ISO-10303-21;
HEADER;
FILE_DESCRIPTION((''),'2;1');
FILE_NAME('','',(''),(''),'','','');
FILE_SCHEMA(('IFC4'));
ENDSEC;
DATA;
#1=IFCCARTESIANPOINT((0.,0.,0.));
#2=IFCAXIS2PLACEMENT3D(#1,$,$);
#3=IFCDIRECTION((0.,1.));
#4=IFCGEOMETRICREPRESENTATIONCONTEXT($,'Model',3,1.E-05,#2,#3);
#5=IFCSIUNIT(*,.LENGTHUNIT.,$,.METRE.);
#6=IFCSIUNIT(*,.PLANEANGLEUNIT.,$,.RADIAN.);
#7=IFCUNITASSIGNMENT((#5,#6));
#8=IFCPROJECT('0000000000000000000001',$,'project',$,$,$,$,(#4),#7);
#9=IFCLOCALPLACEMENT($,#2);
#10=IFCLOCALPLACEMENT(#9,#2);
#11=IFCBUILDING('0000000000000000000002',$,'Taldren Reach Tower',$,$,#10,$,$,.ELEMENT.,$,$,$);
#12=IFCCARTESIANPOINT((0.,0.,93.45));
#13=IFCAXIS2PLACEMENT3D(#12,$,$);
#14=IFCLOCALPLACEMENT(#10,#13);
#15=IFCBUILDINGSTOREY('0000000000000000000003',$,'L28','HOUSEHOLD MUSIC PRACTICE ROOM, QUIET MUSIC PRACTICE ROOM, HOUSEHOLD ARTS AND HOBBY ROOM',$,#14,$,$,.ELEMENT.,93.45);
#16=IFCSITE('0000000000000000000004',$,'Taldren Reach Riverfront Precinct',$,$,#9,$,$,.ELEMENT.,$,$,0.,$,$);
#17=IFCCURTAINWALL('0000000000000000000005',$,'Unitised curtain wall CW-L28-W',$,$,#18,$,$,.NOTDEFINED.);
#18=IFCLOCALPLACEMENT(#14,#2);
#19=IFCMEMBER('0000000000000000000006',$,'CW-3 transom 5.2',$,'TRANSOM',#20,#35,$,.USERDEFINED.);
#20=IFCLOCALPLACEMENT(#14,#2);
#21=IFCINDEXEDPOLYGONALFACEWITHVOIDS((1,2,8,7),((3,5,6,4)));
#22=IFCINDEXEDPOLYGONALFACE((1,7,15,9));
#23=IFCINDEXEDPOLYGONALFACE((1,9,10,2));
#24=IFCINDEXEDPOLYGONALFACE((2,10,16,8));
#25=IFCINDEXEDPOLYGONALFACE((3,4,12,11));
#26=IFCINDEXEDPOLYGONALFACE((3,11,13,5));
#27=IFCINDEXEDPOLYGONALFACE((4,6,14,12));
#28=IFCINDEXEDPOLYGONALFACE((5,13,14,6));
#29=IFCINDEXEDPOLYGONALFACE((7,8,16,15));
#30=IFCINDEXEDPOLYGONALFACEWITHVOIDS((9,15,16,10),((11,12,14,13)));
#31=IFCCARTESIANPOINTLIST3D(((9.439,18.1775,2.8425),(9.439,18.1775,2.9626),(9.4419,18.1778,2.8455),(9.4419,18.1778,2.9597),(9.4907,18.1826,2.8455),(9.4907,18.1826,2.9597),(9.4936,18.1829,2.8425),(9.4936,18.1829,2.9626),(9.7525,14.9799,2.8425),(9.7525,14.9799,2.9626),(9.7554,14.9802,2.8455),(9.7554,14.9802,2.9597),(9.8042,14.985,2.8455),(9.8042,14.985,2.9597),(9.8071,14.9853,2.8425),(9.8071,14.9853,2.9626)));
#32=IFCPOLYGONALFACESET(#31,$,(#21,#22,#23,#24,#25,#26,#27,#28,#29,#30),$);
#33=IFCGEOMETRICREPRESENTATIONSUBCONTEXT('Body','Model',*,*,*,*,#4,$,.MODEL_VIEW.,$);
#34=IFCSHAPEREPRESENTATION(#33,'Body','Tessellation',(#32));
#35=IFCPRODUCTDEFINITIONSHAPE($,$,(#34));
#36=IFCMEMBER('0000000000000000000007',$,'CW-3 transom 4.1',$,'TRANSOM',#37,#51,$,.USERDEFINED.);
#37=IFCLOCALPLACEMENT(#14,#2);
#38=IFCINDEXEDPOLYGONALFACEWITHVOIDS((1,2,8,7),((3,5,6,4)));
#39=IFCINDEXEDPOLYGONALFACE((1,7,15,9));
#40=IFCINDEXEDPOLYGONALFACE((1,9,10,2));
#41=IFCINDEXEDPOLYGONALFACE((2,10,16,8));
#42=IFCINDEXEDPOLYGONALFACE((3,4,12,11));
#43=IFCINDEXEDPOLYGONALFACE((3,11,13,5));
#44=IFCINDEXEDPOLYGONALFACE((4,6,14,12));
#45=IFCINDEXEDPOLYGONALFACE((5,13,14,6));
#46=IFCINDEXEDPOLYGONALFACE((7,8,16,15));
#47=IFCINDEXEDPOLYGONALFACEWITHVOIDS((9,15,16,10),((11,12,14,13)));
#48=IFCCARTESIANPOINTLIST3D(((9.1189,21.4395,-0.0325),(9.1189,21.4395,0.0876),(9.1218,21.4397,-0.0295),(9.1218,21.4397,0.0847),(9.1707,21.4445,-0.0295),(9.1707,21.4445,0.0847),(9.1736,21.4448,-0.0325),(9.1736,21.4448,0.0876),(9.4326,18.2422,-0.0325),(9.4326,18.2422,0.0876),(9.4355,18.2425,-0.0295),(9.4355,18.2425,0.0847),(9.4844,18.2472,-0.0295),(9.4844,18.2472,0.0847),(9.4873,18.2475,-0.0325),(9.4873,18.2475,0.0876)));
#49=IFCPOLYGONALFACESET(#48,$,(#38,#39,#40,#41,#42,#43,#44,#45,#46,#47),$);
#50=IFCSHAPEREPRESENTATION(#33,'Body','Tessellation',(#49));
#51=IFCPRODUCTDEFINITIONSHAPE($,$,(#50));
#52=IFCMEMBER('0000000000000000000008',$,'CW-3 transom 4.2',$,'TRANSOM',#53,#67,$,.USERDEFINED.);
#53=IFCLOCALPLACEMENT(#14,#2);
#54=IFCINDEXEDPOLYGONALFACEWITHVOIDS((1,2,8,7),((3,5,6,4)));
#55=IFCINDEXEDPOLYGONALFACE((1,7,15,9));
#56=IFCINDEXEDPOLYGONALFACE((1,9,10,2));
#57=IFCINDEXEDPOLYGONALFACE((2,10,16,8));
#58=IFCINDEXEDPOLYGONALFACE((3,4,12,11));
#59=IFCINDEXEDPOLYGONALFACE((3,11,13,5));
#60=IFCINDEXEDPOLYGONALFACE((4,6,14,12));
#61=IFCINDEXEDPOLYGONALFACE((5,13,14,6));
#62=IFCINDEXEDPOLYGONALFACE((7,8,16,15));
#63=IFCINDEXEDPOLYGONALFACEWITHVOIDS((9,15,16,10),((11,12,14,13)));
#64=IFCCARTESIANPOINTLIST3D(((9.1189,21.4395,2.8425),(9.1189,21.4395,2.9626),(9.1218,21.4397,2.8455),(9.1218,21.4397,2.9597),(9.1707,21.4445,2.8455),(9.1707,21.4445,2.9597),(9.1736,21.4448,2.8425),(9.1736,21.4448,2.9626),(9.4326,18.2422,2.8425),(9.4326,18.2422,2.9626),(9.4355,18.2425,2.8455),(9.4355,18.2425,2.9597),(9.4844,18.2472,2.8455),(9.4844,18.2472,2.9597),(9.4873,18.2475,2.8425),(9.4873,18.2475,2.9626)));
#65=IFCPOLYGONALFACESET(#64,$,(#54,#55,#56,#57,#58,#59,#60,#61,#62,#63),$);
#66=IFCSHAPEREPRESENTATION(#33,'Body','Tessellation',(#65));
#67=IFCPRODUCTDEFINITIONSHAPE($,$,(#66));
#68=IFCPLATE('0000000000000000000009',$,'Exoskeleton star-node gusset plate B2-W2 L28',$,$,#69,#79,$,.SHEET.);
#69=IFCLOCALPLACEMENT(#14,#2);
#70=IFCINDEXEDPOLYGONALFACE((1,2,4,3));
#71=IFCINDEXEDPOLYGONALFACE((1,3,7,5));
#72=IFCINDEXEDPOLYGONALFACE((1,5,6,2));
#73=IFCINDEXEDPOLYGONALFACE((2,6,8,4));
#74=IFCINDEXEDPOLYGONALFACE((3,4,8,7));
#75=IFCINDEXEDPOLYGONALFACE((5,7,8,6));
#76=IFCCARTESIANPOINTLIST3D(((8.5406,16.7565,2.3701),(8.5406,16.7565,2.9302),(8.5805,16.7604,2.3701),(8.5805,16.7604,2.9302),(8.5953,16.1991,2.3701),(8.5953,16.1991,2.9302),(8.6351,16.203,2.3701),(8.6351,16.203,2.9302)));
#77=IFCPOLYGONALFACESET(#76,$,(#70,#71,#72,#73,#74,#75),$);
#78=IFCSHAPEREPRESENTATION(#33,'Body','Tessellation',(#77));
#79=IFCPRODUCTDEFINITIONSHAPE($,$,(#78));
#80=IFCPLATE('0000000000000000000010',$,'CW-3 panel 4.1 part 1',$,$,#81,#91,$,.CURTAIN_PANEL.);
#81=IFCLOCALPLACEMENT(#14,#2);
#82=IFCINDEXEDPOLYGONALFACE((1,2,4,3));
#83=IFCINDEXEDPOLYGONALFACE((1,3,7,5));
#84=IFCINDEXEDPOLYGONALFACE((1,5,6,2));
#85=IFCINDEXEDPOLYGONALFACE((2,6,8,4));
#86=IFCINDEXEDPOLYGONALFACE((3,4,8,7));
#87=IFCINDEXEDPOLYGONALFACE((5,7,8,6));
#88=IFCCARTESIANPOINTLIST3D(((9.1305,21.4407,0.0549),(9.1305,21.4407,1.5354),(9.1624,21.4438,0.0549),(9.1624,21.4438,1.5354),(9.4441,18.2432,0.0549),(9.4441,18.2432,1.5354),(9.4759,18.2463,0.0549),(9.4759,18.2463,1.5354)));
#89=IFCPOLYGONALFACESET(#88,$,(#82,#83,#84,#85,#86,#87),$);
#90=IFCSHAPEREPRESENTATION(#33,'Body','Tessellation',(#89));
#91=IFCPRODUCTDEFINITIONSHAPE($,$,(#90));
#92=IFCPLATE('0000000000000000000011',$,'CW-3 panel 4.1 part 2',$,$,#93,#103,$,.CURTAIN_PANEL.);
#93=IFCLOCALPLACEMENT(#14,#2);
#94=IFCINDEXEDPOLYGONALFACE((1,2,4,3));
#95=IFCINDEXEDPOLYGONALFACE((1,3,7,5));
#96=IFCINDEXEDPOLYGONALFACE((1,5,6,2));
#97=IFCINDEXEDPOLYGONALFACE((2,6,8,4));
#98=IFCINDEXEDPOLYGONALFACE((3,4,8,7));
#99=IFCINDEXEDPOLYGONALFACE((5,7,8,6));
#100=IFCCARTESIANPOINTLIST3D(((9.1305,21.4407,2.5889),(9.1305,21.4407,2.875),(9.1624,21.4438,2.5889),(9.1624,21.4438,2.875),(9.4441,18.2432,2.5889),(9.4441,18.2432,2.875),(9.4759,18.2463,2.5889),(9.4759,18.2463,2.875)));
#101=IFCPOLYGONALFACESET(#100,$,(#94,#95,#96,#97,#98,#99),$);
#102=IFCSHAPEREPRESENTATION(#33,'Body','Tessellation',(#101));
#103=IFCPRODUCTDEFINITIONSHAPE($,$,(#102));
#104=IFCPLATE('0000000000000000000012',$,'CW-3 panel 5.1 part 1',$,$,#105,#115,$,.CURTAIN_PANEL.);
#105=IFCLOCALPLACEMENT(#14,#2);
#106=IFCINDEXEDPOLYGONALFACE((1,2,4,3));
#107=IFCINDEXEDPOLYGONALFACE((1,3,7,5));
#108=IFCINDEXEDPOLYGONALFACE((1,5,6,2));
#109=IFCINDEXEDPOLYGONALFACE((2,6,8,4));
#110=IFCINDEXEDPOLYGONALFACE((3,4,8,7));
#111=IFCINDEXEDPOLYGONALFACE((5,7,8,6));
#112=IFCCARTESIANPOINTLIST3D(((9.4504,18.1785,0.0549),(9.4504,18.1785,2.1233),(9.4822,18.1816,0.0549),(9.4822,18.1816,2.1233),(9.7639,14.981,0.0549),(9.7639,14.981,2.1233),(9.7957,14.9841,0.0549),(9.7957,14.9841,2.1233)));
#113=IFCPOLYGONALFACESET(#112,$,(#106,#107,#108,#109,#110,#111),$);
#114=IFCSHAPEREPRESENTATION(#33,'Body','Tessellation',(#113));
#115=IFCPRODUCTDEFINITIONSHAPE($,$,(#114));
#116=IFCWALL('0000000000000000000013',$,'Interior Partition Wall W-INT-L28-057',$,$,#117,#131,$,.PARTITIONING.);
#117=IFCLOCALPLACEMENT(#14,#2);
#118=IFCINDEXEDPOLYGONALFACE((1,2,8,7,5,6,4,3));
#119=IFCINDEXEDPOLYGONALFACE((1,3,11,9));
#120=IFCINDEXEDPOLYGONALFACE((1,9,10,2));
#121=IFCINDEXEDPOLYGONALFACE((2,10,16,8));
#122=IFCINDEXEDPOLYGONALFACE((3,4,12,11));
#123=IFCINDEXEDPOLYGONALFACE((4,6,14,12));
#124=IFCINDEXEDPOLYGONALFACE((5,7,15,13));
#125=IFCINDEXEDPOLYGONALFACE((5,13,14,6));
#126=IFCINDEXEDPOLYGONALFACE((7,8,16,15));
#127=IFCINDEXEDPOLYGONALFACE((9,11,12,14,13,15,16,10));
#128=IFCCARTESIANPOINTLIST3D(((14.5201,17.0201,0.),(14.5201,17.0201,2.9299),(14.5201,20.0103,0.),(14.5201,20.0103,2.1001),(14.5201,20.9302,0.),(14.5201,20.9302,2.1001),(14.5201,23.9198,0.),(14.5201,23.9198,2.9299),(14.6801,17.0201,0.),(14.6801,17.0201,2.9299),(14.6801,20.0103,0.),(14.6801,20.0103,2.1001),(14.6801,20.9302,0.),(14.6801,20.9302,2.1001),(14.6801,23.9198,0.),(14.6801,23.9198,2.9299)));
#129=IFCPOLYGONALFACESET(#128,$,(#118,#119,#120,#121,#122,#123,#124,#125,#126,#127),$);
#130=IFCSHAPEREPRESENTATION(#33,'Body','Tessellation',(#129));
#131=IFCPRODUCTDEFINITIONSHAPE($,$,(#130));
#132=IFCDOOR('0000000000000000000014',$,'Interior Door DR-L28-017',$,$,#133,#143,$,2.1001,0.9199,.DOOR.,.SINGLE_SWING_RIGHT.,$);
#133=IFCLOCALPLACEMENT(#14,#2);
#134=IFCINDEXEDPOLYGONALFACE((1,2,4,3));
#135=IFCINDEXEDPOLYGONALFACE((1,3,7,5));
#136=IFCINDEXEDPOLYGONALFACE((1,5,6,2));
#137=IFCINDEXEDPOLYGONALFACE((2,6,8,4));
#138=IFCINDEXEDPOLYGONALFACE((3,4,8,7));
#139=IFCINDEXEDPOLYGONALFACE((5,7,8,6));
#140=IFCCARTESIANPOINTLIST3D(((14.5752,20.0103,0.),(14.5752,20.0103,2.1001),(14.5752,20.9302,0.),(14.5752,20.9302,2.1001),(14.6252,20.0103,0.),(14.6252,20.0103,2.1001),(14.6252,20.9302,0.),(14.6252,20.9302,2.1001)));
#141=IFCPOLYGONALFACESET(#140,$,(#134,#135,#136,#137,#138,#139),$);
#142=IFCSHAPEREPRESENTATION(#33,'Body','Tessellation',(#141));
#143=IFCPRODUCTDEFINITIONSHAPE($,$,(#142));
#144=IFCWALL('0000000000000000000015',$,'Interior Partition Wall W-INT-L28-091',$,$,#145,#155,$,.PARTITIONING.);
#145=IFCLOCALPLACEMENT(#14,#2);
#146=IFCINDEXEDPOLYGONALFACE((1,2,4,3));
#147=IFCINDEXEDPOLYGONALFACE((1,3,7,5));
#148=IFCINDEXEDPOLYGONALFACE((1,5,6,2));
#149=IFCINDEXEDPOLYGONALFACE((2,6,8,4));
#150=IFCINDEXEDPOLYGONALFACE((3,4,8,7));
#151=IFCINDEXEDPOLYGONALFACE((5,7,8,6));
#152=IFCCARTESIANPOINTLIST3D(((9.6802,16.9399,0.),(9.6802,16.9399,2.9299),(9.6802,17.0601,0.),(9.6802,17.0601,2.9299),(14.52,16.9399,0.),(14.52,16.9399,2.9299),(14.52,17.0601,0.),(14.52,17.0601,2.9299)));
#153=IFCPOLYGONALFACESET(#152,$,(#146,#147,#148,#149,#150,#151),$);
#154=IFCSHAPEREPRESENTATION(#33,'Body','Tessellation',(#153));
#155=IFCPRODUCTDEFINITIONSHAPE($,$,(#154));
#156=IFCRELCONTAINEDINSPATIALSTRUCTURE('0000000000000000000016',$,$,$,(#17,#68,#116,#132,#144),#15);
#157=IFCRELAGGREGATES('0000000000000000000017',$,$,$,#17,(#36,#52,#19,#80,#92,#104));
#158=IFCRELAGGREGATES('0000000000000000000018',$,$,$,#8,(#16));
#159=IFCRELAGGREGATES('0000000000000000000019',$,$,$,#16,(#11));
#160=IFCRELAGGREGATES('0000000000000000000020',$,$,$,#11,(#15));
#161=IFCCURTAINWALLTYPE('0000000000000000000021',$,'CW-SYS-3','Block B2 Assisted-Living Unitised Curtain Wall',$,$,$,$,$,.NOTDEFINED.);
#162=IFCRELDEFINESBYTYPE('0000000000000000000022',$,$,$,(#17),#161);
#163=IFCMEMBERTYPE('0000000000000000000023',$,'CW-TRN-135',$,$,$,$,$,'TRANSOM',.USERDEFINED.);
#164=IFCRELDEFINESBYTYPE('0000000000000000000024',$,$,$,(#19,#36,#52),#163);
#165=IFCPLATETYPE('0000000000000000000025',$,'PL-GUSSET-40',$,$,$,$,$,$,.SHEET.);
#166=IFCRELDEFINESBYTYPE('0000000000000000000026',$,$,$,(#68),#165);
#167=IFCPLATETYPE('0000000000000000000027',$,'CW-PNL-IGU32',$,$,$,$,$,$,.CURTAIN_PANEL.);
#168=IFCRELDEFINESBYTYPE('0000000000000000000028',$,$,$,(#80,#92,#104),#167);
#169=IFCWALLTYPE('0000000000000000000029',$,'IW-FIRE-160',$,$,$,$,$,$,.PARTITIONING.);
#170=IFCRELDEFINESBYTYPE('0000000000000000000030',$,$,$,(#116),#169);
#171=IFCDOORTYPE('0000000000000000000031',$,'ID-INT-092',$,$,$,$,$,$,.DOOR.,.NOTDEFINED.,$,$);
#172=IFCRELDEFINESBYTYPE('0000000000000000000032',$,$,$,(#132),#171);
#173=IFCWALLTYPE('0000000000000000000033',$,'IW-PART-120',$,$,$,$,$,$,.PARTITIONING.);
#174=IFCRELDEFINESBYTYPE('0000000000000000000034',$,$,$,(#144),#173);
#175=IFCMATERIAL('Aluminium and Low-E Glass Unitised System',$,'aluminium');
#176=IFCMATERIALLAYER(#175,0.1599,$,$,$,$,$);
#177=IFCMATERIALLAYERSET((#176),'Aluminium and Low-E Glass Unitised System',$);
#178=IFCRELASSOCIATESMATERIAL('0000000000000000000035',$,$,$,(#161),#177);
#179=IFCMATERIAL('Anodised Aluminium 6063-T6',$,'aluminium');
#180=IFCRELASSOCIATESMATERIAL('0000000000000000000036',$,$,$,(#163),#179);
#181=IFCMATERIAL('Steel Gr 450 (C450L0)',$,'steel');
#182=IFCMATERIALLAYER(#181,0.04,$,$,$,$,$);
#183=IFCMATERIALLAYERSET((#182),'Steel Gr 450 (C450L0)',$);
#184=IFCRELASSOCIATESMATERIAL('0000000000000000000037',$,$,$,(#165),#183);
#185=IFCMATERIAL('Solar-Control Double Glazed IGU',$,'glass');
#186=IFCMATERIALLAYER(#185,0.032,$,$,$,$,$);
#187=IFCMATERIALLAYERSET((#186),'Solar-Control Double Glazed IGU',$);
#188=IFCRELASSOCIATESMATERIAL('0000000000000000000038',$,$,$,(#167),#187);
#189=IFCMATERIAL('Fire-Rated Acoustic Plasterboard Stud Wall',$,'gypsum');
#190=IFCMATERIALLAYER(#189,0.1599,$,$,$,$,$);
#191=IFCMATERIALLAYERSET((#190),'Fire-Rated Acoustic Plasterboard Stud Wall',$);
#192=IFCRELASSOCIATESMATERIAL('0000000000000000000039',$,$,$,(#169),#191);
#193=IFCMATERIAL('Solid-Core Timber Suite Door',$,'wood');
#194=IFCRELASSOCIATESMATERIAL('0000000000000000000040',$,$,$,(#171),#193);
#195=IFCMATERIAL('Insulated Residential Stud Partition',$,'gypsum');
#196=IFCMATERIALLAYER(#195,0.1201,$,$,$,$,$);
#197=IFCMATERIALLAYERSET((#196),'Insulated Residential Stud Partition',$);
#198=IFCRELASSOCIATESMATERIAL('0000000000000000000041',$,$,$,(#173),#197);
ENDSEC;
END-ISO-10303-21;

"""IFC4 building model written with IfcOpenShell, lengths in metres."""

from ifc_helpers import new_model, si_unit, direction, frame, frame_2d, origin, origin_2d, place, context, subcontext, project, spatial, rectangle, hollow_rectangle, extrude, source, transform, mapped, material, layer, layer_set, material_profile, profile_set, type_object, element, fill, aggregate, save


model = new_model("IFC4")

# Units and contexts
model_context = context("Model", 3, precision=1e-05, world=origin(), true_north=direction((0.0, 1.0)))
body_context = subcontext(model_context, "Body", "Model", "MODEL_VIEW")
ifc_project = project(units=[si_unit("LENGTHUNIT", "METRE"), si_unit("PLANEANGLEUNIT", "RADIAN")], contexts=[model_context])

# Site, building, storey
site_placement = place(None, origin())
site = spatial("IfcSite", under=ifc_project, at=site_placement, Name="Taldren Reach Riverfront Precinct", CompositionType="ELEMENT", RefElevation=0.0)
building_placement = place(site_placement, origin())
building = spatial("IfcBuilding", under=site, at=building_placement, Name="Taldren Reach Tower", CompositionType="ELEMENT")
storey_placement = place(building_placement, frame((0.0, 0.0, 93.45)))
storey = spatial("IfcBuildingStorey", under=building, at=storey_placement, Name="L28", Description="HOUSEHOLD MUSIC PRACTICE ROOM, QUIET MUSIC PRACTICE ROOM, HOUSEHOLD ARTS AND HOBBY ROOM", CompositionType="ELEMENT", Elevation=93.45)

# Shared definitions
ifc_material_1 = material(Name="Steel Gr 450 (C450L0)", Category="steel")

# Curtain wall, members
ifc_material_2 = material(Name="Aluminium and Low-E Glass Unitised System", Category="aluminium")
ifc_layer_1 = layer(ifc_material_2, 0.1599)
ifc_layer_set_1 = layer_set([ifc_layer_1], Name="Aluminium and Low-E Glass Unitised System")
curtain_wall_type = type_object("IfcCurtainWallType", Name="CW-SYS-3", Description="Block B2 Assisted-Living Unitised Curtain Wall", PredefinedType="NOTDEFINED", material=ifc_layer_set_1)
curtain_wall_placement = place(storey_placement, origin())
curtain_wall = element("IfcCurtainWall", 1, at=curtain_wall_placement, inside=storey, type_object=curtain_wall_type, Name="Unitised curtain wall CW-L28-W", PredefinedType="NOTDEFINED")
ifc_material_3 = material(Name="Anodised Aluminium 6063-T6", Category="aluminium")
ifc_material_profile_1 = material_profile(ifc_material_3, hollow_rectangle(XDim=0.0549, YDim=0.1201, WallThickness=0.0029, at=origin_2d()), Name="ALU-120x55x3RHS")
ifc_profile_set_1 = profile_set([ifc_material_profile_1], Name="Anodised Aluminium 6063-T6")
member_type_1 = type_object("IfcMemberType", Name="CW-TRN-135", ElementType="TRANSOM", PredefinedType="USERDEFINED", material=ifc_profile_set_1)
shared_shape_1 = source(origin(), body_context, "Body", "SweptSolid", [
    extrude(hollow_rectangle(XDim=0.0549, YDim=0.1201, WallThickness=0.0029, at=origin_2d()), origin(), (0.0, 0.0, 1.0), 3.2129),
])
member_1_placement = place(storey_placement, frame((9.4663, 18.1802, 2.9026), z_axis=(0.09757, -0.995229, 0.0), x_axis=(0.995229, 0.09757, 0.0)))
member_1 = element("IfcMember", 2, at=member_1_placement, type_object=member_type_1, Name="CW-3 transom 5.2", ObjectType="TRANSOM", PredefinedType="USERDEFINED", context=body_context, shape_type="MappedRepresentation", body=[
    mapped(shared_shape_1, transform((0.0, 0.0, 0.0), scale=1.0)),
])
shared_shape_2 = source(origin(), body_context, "Body", "SweptSolid", [
    extrude(hollow_rectangle(XDim=0.0549, YDim=0.1201, WallThickness=0.0029, at=origin_2d()), origin(), (0.0, 0.0, 1.0), 3.2126),
])
member_2_placement = place(storey_placement, frame((9.1462, 21.4421, 0.0276), z_axis=(0.097653, -0.995221, 0.0), x_axis=(0.995221, 0.097653, 0.0)))
member_2 = element("IfcMember", 3, at=member_2_placement, type_object=member_type_1, Name="CW-3 transom 4.1", ObjectType="TRANSOM", PredefinedType="USERDEFINED", context=body_context, shape_type="MappedRepresentation", body=[
    mapped(shared_shape_2, transform((0.0, 0.0, 0.0), scale=1.0)),
])
member_3_placement = place(storey_placement, frame((9.1462, 21.4421, 2.9026), z_axis=(0.097653, -0.995221, 0.0), x_axis=(0.995221, 0.097653, 0.0)))
member_3 = element("IfcMember", 4, at=member_3_placement, type_object=member_type_1, Name="CW-3 transom 4.2", ObjectType="TRANSOM", PredefinedType="USERDEFINED", context=body_context, shape_type="MappedRepresentation", body=[
    mapped(shared_shape_2, transform((0.0, 0.0, 0.0), scale=1.0)),
])

# Plates
ifc_layer_2 = layer(ifc_material_1, 0.04)
ifc_layer_set_2 = layer_set([ifc_layer_2], Name="Steel Gr 450 (C450L0)")
plate_type_1 = type_object("IfcPlateType", Name="PL-GUSSET-40", PredefinedType="SHEET", material=ifc_layer_set_2)
shared_shape_3 = source(origin(), body_context, "Body", "SweptSolid", [
    extrude(rectangle(XDim=0.5601, YDim=0.04, at=origin_2d()), origin(), (0.0, 0.0, 1.0), 0.5601),
])
plate_1_placement = place(storey_placement, frame((8.5879, 16.4797, 2.3701), z_axis=(0.0, 0.0, 1.0), x_axis=(-0.097583, 0.995227, 0.0)))
element("IfcPlate", 5, at=plate_1_placement, inside=storey, type_object=plate_type_1, Name="Exoskeleton star-node gusset plate B2-W2 L28", PredefinedType="SHEET", context=body_context, shape_type="MappedRepresentation", body=[
    mapped(shared_shape_3, transform((0.0, 0.0, 0.0), scale=1.0)),
])
ifc_material_4 = material(Name="Solar-Control Double Glazed IGU", Category="glass")
ifc_layer_3 = layer(ifc_material_4, 0.032)
ifc_layer_set_3 = layer_set([ifc_layer_3], Name="Solar-Control Double Glazed IGU")
plate_type_2 = type_object("IfcPlateType", Name="CW-PNL-IGU32", PredefinedType="CURTAIN_PANEL", material=ifc_layer_set_3)
shared_shape_4 = source(origin(), body_context, "Body", "SweptSolid", [
    extrude(rectangle(XDim=3.2129, YDim=0.032, at=origin_2d()), origin(), (0.0, 0.0, 1.0), 1.4805),
])
plate_2_placement = place(storey_placement, frame((9.3032, 19.8435, 0.0549), z_axis=(0.0, 0.0, 1.0), x_axis=(0.097583, -0.995227, 0.0)))
plate_2 = element("IfcPlate", 6, at=plate_2_placement, type_object=plate_type_2, Name="CW-3 panel 4.1 part 1", PredefinedType="CURTAIN_PANEL", context=body_context, shape_type="MappedRepresentation", body=[
    mapped(shared_shape_4, transform((0.0, 0.0, 0.0), scale=1.0)),
])
shared_shape_5 = source(origin(), body_context, "Body", "SweptSolid", [
    extrude(rectangle(XDim=3.2129, YDim=0.032, at=origin_2d()), origin(), (0.0, 0.0, 1.0), 0.2861),
])
plate_3_placement = place(storey_placement, frame((9.3032, 19.8435, 2.5889), z_axis=(0.0, 0.0, 1.0), x_axis=(0.097583, -0.995227, 0.0)))
plate_3 = element("IfcPlate", 7, at=plate_3_placement, type_object=plate_type_2, Name="CW-3 panel 4.1 part 2", PredefinedType="CURTAIN_PANEL", context=body_context, shape_type="MappedRepresentation", body=[
    mapped(shared_shape_5, transform((0.0, 0.0, 0.0), scale=1.0)),
])
shared_shape_6 = source(origin(), body_context, "Body", "SweptSolid", [
    extrude(rectangle(XDim=3.2129, YDim=0.032, at=origin_2d()), origin(), (0.0, 0.0, 1.0), 2.0684),
])
plate_4_placement = place(storey_placement, frame((9.623, 16.5813, 0.0549), z_axis=(0.0, 0.0, 1.0), x_axis=(0.097583, -0.995227, 0.0)))
plate_4 = element("IfcPlate", 8, at=plate_4_placement, type_object=plate_type_2, Name="CW-3 panel 5.1 part 1", PredefinedType="CURTAIN_PANEL", context=body_context, shape_type="MappedRepresentation", body=[
    mapped(shared_shape_6, transform((0.0, 0.0, 0.0), scale=1.0)),
])
aggregate(curtain_wall, [member_2, member_3, member_1, plate_2, plate_3, plate_4])

# Wall, opening, door
ifc_material_5 = material(Name="Fire-Rated Acoustic Plasterboard Stud Wall", Category="gypsum")
ifc_layer_4 = layer(ifc_material_5, 0.1599)
ifc_layer_set_4 = layer_set([ifc_layer_4], Name="Fire-Rated Acoustic Plasterboard Stud Wall")
wall_type_1 = type_object("IfcWallType", Name="IW-FIRE-160", PredefinedType="PARTITIONING", material=ifc_layer_set_4)
shared_shape_7 = source(origin(), body_context, "Body", "SweptSolid", [
    extrude(rectangle(XDim=6.8997, YDim=0.1599, at=frame_2d((3.4497, 0.0))), origin(), (0.0, 0.0, 1.0), 2.9299),
])
wall_1_placement = place(storey_placement, frame((14.6001, 17.0203, 0.0), z_axis=(0.0, 0.0, 1.0), x_axis=(0.0, 1.0, 0.0)))
wall_1 = element("IfcWall", 9, at=wall_1_placement, inside=storey, type_object=wall_type_1, Name="Interior Partition Wall W-INT-L28-057", PredefinedType="PARTITIONING", context=body_context, shape_type="MappedRepresentation", body=[
    mapped(shared_shape_7, transform((0.0, 0.0, 0.0), scale=1.0)),
])
shared_shape_8 = source(origin(), body_context, "Body", "SweptSolid", [
    extrude(rectangle(XDim=0.9199, YDim=2.1001, at=frame_2d((0.46, 1.05))), frame((0.0, 0.0898, 0.0), z_axis=(0.0, -1.0, 0.0), x_axis=(1.0, 0.0, 0.0)), (0.0, 0.0, 1.0), 0.1799),
])
opening_placement = place(wall_1_placement, frame((2.99, 0.0, 0.0)))
opening = element("IfcOpeningElement", 10, at=opening_placement, cuts=wall_1, PredefinedType="OPENING", context=body_context, shape_type="MappedRepresentation", body=[
    mapped(shared_shape_8, transform((0.0, 0.0, 0.0), scale=1.0)),
])
ifc_material_6 = material(Name="Solid-Core Timber Suite Door", Category="wood")
door_type = type_object("IfcDoorType", Name="ID-INT-092", OperationType="NOTDEFINED", PredefinedType="DOOR", material=ifc_material_6)
shared_shape_9 = source(origin(), body_context, "Body", "SweptSolid", [
    extrude(rectangle(XDim=0.9199, YDim=2.1001, at=frame_2d((0.46, 1.05))), frame((0.0, 0.0249, 0.0), z_axis=(0.0, -1.0, 0.0), x_axis=(1.0, 0.0, 0.0)), (0.0, 0.0, 1.0), 0.05),
])
door_placement = place(opening_placement, origin())
door = element("IfcDoor", 11, at=door_placement, inside=storey, type_object=door_type, Name="Interior Door DR-L28-017", OperationType="SINGLE_SWING_RIGHT", OverallHeight=2.1001, OverallWidth=0.9199, PredefinedType="DOOR", context=body_context, shape_type="MappedRepresentation", body=[
    mapped(shared_shape_9, transform((0.0, 0.0, 0.0), scale=1.0)),
])
fill(opening, door)

# Wall
ifc_material_7 = material(Name="Insulated Residential Stud Partition", Category="gypsum")
ifc_layer_5 = layer(ifc_material_7, 0.1201)
ifc_layer_set_5 = layer_set([ifc_layer_5], Name="Insulated Residential Stud Partition")
wall_type_2 = type_object("IfcWallType", Name="IW-PART-120", PredefinedType="PARTITIONING", material=ifc_layer_set_5)
shared_shape_10 = source(origin(), body_context, "Body", "SweptSolid", [
    extrude(rectangle(XDim=4.8398, YDim=0.1201, at=frame_2d((2.4199, 0.0))), origin(), (0.0, 0.0, 1.0), 2.9299),
])
wall_2_placement = place(storey_placement, frame((9.6802, 17.0, 0.0), z_axis=(0.0, 0.0, 1.0), x_axis=(1.0, 0.0, 0.0)))
element("IfcWall", 12, at=wall_2_placement, inside=storey, type_object=wall_type_2, Name="Interior Partition Wall W-INT-L28-091", PredefinedType="PARTITIONING", context=body_context, shape_type="MappedRepresentation", body=[
    mapped(shared_shape_10, transform((0.0, 0.0, 0.0), scale=1.0)),
])

save(model, "model.ifc")
